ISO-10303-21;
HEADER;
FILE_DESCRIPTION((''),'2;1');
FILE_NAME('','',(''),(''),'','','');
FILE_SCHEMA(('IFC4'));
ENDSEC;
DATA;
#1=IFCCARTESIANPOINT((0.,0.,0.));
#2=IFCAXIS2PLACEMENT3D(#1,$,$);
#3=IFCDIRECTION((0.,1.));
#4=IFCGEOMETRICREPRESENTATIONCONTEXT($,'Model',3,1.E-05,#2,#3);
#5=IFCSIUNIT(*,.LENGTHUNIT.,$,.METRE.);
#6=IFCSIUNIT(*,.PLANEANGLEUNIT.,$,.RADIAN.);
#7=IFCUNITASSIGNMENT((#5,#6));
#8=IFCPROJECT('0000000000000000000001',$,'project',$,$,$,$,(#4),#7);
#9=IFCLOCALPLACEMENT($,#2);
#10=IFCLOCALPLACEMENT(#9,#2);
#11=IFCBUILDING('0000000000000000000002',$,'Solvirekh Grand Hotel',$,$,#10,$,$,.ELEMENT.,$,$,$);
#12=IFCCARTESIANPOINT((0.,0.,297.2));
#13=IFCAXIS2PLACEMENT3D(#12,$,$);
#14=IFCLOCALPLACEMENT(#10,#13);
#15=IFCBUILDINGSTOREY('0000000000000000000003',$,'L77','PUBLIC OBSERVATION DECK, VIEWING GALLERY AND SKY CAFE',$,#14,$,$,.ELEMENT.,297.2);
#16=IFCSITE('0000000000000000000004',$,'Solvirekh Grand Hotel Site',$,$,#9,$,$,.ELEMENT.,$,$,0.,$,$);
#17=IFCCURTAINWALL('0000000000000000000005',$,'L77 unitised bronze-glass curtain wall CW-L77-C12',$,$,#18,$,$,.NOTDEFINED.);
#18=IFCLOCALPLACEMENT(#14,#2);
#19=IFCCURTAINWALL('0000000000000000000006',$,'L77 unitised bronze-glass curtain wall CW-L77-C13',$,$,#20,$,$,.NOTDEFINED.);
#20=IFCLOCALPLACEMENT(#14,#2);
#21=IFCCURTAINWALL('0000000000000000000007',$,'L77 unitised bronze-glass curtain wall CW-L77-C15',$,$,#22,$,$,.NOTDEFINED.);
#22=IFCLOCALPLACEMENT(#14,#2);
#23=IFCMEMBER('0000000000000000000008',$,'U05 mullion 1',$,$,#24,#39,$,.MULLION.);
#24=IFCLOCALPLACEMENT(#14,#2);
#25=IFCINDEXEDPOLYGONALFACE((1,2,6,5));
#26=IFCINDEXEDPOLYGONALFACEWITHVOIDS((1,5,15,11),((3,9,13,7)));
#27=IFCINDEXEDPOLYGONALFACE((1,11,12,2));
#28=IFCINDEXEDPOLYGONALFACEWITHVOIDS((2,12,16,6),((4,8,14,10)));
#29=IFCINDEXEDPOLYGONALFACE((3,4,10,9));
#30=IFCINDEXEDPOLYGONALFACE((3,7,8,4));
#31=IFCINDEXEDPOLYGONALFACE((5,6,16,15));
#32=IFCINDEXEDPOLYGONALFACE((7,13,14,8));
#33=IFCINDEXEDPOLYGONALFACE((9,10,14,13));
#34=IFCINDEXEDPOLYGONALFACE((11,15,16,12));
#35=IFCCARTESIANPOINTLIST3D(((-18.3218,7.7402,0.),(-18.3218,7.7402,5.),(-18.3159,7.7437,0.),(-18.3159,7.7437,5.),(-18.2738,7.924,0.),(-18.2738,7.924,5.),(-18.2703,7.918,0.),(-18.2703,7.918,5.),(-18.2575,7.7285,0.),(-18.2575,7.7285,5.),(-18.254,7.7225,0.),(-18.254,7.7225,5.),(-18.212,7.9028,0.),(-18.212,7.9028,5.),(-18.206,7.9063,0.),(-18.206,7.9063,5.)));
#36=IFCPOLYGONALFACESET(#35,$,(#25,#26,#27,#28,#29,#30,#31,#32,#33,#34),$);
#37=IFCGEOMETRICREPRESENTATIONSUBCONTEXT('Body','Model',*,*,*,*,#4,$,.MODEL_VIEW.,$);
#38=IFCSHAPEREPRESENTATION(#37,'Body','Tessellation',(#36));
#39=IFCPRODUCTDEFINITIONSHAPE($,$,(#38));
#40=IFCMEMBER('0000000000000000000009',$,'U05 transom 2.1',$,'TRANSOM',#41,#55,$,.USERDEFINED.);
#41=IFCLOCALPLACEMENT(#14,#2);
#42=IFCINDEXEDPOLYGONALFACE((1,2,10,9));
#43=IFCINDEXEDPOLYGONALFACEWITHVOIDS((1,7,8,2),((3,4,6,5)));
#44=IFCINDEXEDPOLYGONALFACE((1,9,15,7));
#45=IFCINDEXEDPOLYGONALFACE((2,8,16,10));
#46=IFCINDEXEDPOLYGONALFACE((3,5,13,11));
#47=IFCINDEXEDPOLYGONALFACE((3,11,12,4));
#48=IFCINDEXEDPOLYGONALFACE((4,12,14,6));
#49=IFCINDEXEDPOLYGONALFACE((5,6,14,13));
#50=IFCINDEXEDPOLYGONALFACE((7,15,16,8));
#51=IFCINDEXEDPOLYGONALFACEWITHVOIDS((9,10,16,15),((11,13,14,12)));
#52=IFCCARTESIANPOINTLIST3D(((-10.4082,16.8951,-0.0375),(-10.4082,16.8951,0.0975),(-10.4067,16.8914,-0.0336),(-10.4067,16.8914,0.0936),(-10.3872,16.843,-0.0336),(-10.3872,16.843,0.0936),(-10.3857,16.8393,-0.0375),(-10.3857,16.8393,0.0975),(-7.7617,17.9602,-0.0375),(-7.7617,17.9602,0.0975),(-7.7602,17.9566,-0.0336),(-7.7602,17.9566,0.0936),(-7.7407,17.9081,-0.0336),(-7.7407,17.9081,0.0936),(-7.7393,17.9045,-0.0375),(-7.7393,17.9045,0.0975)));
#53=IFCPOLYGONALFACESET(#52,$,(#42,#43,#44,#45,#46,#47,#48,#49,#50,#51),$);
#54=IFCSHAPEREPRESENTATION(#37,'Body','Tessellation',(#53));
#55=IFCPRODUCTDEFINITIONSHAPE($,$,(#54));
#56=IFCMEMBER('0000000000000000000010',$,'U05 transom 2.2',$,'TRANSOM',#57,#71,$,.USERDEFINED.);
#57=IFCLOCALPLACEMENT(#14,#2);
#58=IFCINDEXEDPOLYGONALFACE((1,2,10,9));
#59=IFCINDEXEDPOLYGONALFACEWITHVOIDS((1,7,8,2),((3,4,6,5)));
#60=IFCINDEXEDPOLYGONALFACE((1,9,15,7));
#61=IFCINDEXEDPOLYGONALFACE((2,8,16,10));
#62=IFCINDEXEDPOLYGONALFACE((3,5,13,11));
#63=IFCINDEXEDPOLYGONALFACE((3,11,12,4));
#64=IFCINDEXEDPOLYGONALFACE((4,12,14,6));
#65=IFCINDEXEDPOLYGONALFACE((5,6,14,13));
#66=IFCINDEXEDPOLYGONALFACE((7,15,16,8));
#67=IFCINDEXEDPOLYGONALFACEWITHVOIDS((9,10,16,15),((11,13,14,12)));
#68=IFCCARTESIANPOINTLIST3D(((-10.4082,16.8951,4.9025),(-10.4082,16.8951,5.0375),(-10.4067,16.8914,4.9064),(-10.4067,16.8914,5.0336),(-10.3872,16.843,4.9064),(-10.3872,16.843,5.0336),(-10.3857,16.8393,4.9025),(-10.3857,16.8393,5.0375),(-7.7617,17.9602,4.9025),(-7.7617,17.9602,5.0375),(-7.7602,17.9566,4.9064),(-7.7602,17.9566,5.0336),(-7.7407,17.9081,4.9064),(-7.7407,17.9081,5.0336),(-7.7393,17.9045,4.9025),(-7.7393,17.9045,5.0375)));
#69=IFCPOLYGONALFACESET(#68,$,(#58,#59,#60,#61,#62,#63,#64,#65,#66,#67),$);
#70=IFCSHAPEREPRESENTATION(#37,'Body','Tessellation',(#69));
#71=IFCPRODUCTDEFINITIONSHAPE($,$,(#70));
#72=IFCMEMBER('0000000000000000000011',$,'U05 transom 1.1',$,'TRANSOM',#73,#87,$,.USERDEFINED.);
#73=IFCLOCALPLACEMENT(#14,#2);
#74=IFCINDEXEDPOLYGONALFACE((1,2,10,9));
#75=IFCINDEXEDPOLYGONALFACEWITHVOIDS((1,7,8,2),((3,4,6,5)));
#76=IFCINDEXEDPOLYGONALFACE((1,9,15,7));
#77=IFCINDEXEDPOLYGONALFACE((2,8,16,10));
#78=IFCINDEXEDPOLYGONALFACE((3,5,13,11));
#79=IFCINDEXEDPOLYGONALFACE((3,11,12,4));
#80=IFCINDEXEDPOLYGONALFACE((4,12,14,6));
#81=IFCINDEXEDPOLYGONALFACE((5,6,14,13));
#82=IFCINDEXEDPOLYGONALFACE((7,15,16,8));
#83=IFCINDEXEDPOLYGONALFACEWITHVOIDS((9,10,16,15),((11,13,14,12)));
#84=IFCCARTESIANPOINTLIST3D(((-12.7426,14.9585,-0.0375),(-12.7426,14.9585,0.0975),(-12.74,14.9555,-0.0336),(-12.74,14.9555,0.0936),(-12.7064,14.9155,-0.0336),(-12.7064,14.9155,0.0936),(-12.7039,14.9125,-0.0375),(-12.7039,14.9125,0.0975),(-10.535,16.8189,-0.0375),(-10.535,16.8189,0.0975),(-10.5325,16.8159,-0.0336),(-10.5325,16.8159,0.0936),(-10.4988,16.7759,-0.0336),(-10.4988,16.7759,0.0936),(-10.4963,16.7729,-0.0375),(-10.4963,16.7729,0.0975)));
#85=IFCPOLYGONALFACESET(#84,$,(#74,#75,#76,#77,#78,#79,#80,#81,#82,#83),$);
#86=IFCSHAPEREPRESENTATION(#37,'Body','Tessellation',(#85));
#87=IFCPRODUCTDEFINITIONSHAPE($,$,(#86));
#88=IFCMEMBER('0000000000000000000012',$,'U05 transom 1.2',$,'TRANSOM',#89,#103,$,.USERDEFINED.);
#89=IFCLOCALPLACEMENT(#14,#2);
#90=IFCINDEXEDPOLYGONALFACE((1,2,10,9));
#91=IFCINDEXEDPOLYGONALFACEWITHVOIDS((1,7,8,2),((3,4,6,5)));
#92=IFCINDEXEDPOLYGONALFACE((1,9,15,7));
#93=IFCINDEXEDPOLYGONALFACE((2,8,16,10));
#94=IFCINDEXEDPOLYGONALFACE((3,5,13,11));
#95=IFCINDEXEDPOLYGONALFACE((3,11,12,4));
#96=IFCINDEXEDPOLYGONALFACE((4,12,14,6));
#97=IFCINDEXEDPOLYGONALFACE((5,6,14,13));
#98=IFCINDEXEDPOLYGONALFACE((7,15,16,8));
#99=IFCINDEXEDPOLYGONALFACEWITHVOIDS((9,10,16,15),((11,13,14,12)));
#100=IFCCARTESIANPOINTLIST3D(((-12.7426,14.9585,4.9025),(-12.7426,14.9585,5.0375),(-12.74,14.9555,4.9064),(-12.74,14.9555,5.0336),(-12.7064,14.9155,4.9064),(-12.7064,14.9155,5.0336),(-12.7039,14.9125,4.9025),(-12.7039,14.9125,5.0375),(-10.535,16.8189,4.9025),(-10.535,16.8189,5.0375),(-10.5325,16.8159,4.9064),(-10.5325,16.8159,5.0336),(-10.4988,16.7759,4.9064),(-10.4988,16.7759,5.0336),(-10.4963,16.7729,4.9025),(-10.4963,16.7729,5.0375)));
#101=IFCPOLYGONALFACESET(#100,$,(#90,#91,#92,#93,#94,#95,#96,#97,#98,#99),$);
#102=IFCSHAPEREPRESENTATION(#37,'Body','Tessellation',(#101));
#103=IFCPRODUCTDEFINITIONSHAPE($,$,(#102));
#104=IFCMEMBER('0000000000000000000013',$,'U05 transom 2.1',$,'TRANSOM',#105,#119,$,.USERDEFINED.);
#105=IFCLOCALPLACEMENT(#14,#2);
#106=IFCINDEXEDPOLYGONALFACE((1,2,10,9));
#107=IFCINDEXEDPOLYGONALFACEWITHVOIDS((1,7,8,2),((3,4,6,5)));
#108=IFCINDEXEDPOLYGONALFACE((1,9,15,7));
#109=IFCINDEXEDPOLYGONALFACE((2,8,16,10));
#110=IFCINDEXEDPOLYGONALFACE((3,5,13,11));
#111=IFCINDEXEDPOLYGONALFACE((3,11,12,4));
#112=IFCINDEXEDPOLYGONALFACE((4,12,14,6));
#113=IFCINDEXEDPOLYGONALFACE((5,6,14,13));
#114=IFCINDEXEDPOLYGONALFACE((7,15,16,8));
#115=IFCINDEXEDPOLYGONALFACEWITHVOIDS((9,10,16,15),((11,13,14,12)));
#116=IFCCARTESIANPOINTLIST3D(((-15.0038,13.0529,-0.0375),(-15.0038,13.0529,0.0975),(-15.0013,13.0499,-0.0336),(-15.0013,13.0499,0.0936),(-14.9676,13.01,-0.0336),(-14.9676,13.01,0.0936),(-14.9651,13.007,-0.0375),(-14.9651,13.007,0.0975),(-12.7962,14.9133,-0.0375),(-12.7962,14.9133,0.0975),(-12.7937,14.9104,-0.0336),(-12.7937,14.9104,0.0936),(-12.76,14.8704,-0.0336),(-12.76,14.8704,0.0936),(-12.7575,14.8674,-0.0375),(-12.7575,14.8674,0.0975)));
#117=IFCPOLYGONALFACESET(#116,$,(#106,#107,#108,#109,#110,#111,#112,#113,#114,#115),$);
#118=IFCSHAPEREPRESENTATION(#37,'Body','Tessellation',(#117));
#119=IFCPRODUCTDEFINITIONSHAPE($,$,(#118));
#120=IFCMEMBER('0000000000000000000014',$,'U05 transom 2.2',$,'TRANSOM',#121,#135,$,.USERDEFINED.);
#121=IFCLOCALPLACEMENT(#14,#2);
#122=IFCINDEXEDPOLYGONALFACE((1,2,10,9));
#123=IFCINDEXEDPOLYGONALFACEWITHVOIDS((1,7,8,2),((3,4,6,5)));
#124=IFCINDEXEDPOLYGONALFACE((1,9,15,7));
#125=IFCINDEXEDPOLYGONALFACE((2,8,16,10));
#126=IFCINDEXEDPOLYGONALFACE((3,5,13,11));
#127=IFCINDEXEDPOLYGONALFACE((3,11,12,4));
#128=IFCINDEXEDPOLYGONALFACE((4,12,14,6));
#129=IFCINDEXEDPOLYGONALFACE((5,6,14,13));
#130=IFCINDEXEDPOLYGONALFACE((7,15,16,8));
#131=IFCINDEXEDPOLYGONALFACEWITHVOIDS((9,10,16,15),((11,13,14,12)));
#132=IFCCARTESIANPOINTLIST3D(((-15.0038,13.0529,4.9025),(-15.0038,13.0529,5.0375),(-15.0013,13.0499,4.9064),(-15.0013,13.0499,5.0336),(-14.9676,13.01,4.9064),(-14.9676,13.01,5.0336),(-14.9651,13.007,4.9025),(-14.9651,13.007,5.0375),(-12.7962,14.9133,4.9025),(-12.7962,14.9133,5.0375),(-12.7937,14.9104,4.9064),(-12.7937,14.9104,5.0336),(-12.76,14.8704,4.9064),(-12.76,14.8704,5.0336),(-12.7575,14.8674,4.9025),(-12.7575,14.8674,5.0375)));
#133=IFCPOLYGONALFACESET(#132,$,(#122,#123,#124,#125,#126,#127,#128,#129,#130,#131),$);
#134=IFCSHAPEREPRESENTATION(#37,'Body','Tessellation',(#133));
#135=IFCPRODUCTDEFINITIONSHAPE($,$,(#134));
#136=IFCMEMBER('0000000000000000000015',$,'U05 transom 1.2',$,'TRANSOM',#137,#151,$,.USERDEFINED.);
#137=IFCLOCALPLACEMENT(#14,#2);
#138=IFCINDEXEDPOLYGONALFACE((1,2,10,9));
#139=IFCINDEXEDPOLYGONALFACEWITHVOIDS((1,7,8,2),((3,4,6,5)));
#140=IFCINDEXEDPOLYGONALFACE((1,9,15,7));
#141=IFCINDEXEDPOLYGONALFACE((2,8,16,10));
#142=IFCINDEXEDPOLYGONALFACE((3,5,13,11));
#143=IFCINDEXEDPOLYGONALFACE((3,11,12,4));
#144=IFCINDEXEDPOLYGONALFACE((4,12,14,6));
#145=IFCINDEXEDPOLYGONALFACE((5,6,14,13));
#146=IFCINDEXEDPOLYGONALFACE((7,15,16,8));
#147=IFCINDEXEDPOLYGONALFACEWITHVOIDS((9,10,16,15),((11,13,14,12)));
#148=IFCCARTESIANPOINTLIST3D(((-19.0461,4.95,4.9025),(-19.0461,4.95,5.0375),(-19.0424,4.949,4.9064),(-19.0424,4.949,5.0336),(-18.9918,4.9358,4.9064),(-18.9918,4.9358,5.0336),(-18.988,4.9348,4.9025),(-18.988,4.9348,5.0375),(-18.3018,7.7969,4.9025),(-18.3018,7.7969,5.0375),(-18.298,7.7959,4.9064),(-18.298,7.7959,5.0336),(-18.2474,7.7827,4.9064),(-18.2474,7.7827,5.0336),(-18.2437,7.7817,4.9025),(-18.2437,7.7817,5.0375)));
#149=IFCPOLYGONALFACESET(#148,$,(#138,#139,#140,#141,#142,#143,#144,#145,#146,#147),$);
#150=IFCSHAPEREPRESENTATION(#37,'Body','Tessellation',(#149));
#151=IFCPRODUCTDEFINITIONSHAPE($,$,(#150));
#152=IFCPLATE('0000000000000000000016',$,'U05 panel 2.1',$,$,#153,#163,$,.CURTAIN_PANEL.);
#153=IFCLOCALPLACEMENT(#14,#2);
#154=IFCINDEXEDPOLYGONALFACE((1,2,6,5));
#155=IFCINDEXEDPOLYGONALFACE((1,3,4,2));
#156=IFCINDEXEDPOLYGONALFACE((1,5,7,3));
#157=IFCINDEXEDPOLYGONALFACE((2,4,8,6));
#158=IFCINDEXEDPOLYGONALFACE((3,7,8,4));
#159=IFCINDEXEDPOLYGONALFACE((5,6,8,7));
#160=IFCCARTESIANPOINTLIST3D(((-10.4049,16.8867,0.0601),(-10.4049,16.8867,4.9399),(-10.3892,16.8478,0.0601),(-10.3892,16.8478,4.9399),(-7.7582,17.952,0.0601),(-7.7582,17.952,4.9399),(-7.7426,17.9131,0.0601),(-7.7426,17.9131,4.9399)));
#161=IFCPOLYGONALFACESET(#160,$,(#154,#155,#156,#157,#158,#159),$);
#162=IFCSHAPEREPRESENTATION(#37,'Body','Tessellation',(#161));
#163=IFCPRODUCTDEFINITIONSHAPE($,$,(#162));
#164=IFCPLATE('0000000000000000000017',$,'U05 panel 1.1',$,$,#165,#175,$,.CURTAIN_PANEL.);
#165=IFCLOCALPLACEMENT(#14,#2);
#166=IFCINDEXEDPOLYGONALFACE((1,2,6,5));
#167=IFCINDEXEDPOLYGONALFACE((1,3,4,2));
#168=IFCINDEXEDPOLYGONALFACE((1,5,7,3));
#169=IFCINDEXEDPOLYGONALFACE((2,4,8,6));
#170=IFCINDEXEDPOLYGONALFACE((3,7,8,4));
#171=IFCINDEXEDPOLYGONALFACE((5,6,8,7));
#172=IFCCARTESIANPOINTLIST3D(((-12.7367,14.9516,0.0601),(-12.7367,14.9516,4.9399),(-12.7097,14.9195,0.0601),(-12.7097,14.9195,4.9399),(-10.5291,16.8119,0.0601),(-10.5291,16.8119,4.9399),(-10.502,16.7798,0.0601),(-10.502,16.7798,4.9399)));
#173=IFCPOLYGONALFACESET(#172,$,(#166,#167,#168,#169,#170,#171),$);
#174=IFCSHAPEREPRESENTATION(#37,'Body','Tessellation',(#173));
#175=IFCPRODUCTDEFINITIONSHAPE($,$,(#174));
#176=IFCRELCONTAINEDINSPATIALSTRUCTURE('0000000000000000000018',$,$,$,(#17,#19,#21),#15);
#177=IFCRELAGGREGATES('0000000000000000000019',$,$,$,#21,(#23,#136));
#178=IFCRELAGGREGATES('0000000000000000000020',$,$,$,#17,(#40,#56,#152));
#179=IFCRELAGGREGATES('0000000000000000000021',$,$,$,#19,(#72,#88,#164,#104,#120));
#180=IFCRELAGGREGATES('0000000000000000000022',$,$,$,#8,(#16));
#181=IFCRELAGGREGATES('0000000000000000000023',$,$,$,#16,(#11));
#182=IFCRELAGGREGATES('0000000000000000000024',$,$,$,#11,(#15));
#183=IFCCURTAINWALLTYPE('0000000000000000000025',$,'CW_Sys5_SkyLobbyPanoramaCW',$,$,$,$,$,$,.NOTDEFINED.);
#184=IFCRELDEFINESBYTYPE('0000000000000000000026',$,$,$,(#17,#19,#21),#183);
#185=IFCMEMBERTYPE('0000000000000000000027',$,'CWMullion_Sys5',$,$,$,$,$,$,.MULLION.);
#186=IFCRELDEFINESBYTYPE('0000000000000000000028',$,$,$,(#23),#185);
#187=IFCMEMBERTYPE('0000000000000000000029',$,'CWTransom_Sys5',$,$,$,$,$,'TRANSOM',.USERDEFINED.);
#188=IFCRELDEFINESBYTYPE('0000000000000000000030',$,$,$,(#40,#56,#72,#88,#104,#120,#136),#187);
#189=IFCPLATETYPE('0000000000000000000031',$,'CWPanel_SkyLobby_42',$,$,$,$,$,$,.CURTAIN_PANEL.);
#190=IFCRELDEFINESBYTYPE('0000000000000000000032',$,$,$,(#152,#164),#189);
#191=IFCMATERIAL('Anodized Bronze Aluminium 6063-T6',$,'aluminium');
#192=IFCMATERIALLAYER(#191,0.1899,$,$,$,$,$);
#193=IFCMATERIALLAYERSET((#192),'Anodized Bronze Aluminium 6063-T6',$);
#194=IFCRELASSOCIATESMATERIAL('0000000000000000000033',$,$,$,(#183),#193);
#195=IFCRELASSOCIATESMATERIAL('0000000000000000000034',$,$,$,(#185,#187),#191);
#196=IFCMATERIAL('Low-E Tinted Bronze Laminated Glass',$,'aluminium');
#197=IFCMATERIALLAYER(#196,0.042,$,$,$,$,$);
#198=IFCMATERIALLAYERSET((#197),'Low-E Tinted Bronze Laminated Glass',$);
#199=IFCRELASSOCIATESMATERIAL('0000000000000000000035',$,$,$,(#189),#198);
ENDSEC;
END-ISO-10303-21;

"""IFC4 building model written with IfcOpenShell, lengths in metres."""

from ifc_helpers import new_model, si_unit, direction, frame, origin, origin_2d, place, context, subcontext, project, spatial, rectangle, hollow_rectangle, extrude, source, transform, mapped, material, layer, layer_set, material_profile, profile_set, type_object, element, aggregate, save


model = new_model("IFC4")

# Units and contexts
model_context = context("Model", 3, precision=1e-05, world=origin(), true_north=direction((0.0, 1.0)))
body_context = subcontext(model_context, "Body", "Model", "MODEL_VIEW")
ifc_project = project(units=[si_unit("LENGTHUNIT", "METRE"), si_unit("PLANEANGLEUNIT", "RADIAN")], contexts=[model_context])

# Site, building, storey
site_placement = place(None, origin())
site = spatial("IfcSite", under=ifc_project, at=site_placement, Name="Solvirekh Grand Hotel Site", CompositionType="ELEMENT", RefElevation=0.0)
building_placement = place(site_placement, origin())
building = spatial("IfcBuilding", under=site, at=building_placement, Name="Solvirekh Grand Hotel", CompositionType="ELEMENT")
storey_placement = place(building_placement, frame((0.0, 0.0, 297.2)))
storey = spatial("IfcBuildingStorey", under=building, at=storey_placement, Name="L77", Description="PUBLIC OBSERVATION DECK, VIEWING GALLERY AND SKY CAFE", CompositionType="ELEMENT", Elevation=297.2)

# Curtain walls
ifc_material_1 = material(Name="Anodized Bronze Aluminium 6063-T6", Category="aluminium")
ifc_layer_1 = layer(ifc_material_1, 0.1899)
ifc_layer_set_1 = layer_set([ifc_layer_1], Name="Anodized Bronze Aluminium 6063-T6")
curtain_wall_type = type_object("IfcCurtainWallType", Name="CW_Sys5_SkyLobbyPanoramaCW", PredefinedType="NOTDEFINED", material=ifc_layer_set_1)
curtain_wall_1_placement = place(storey_placement, origin())
curtain_wall_1 = element("IfcCurtainWall", 1, at=curtain_wall_1_placement, inside=storey, type_object=curtain_wall_type, Name="L77 unitised bronze-glass curtain wall CW-L77-C12", PredefinedType="NOTDEFINED")
ifc_material_profile_1 = material_profile(ifc_material_1, hollow_rectangle(XDim=0.0701, YDim=0.1899, WallThickness=0.0049, at=origin_2d()), Name="ALU RHS 190X70X5")
ifc_profile_set_1 = profile_set([ifc_material_profile_1], Name="Anodized Bronze Aluminium 6063-T6")
member_type_1 = type_object("IfcMemberType", Name="CWMullion_Sys5", PredefinedType="MULLION", material=ifc_profile_set_1)
shared_shape_1 = source(origin(), body_context, "Body", "SweptSolid", [
    extrude(hollow_rectangle(XDim=0.0701, YDim=0.1899, WallThickness=0.0049, at=origin_2d()), origin(), (0.0, 0.0, 1.0), 5.0),
])
curtain_wall_2_placement = place(storey_placement, origin())
curtain_wall_2 = element("IfcCurtainWall", 2, at=curtain_wall_2_placement, inside=storey, type_object=curtain_wall_type, Name="L77 unitised bronze-glass curtain wall CW-L77-C13", PredefinedType="NOTDEFINED")

# Curtain wall, member
curtain_wall_3_placement = place(storey_placement, origin())
curtain_wall_3 = element("IfcCurtainWall", 3, at=curtain_wall_3_placement, inside=storey, type_object=curtain_wall_type, Name="L77 unitised bronze-glass curtain wall CW-L77-C15", PredefinedType="NOTDEFINED")
member_1_placement = place(storey_placement, frame((-18.2639, 7.8232, 0.0), z_axis=(0.0, 0.0, 1.0), x_axis=(0.967471, -0.252983, 0.0)))
member_1 = element("IfcMember", 4, at=member_1_placement, type_object=member_type_1, Name="U05 mullion 1", PredefinedType="MULLION", context=body_context, shape_type="MappedRepresentation", body=[
    mapped(shared_shape_1, transform((0.0, 0.0, 0.0), x_axis=(1.0, 0.0, 0.0), y_axis=(0.0, 1.0, 0.0), z_axis=(0.0, 0.0, 1.0), scale=1.0)),
])

# Members
ifc_material_profile_2 = material_profile(ifc_material_1, hollow_rectangle(XDim=0.0601, YDim=0.135, WallThickness=0.0039, at=origin_2d()), Name="ALU RHS 135X60X4")
ifc_profile_set_2 = profile_set([ifc_material_profile_2], Name="Anodized Bronze Aluminium 6063-T6")
member_type_2 = type_object("IfcMemberType", Name="CWTransom_Sys5", ElementType="TRANSOM", PredefinedType="USERDEFINED", material=ifc_profile_set_2)
shared_shape_2 = source(origin(), body_context, "Body", "SweptSolid", [
    extrude(hollow_rectangle(XDim=0.0601, YDim=0.135, WallThickness=0.0039, at=origin_2d()), origin(), (0.0, 0.0, 1.0), 2.8528),
])
member_2_placement = place(storey_placement, frame((-7.7505, 17.9324, 0.03), z_axis=(-0.927678, -0.373382, 0.0), x_axis=(0.373382, -0.927678, 0.0)))
member_2 = element("IfcMember", 5, at=member_2_placement, type_object=member_type_2, Name="U05 transom 2.1", ObjectType="TRANSOM", PredefinedType="USERDEFINED", context=body_context, shape_type="MappedRepresentation", body=[
    mapped(shared_shape_2, transform((0.0, 0.0, 0.0), x_axis=(1.0, 0.0, 0.0), y_axis=(0.0, 1.0, 0.0), z_axis=(0.0, 0.0, 1.0), scale=1.0)),
])
member_3_placement = place(storey_placement, frame((-7.7505, 17.9324, 4.97), z_axis=(-0.927678, -0.373382, 0.0), x_axis=(0.373382, -0.927678, 0.0)))
member_3 = element("IfcMember", 6, at=member_3_placement, type_object=member_type_2, Name="U05 transom 2.2", ObjectType="TRANSOM", PredefinedType="USERDEFINED", context=body_context, shape_type="MappedRepresentation", body=[
    mapped(shared_shape_2, transform((0.0, 0.0, 0.0), x_axis=(1.0, 0.0, 0.0), y_axis=(0.0, 1.0, 0.0), z_axis=(0.0, 0.0, 1.0), scale=1.0)),
])
shared_shape_3 = source(origin(), body_context, "Body", "SweptSolid", [
    extrude(hollow_rectangle(XDim=0.0601, YDim=0.135, WallThickness=0.0039, at=origin_2d()), origin(), (0.0, 0.0, 1.0), 2.887),
])
member_4_placement = place(storey_placement, frame((-10.5156, 16.7959, 0.03), z_axis=(-0.764674, -0.644417, 0.0), x_axis=(0.644417, -0.764674, 0.0)))
member_4 = element("IfcMember", 7, at=member_4_placement, type_object=member_type_2, Name="U05 transom 1.1", ObjectType="TRANSOM", PredefinedType="USERDEFINED", context=body_context, shape_type="MappedRepresentation", body=[
    mapped(shared_shape_3, transform((0.0, 0.0, 0.0), x_axis=(1.0, 0.0, 0.0), y_axis=(0.0, 1.0, 0.0), z_axis=(0.0, 0.0, 1.0), scale=1.0)),
])
member_5_placement = place(storey_placement, frame((-10.5156, 16.7959, 4.97), z_axis=(-0.764674, -0.644417, 0.0), x_axis=(0.644417, -0.764674, 0.0)))
member_5 = element("IfcMember", 8, at=member_5_placement, type_object=member_type_2, Name="U05 transom 1.2", ObjectType="TRANSOM", PredefinedType="USERDEFINED", context=body_context, shape_type="MappedRepresentation", body=[
    mapped(shared_shape_3, transform((0.0, 0.0, 0.0), x_axis=(1.0, 0.0, 0.0), y_axis=(0.0, 1.0, 0.0), z_axis=(0.0, 0.0, 1.0), scale=1.0)),
])
member_6_placement = place(storey_placement, frame((-12.7769, 14.8904, 0.03), z_axis=(-0.764674, -0.644417, 0.0), x_axis=(0.644417, -0.764674, 0.0)))
member_6 = element("IfcMember", 9, at=member_6_placement, type_object=member_type_2, Name="U05 transom 2.1", ObjectType="TRANSOM", PredefinedType="USERDEFINED", context=body_context, shape_type="MappedRepresentation", body=[
    mapped(shared_shape_3, transform((0.0, 0.0, 0.0), x_axis=(1.0, 0.0, 0.0), y_axis=(0.0, 1.0, 0.0), z_axis=(0.0, 0.0, 1.0), scale=1.0)),
])
member_7_placement = place(storey_placement, frame((-12.7769, 14.8904, 4.97), z_axis=(-0.764674, -0.644417, 0.0), x_axis=(0.644417, -0.764674, 0.0)))
member_7 = element("IfcMember", 10, at=member_7_placement, type_object=member_type_2, Name="U05 transom 2.2", ObjectType="TRANSOM", PredefinedType="USERDEFINED", context=body_context, shape_type="MappedRepresentation", body=[
    mapped(shared_shape_3, transform((0.0, 0.0, 0.0), x_axis=(1.0, 0.0, 0.0), y_axis=(0.0, 1.0, 0.0), z_axis=(0.0, 0.0, 1.0), scale=1.0)),
])
shared_shape_4 = source(origin(), body_context, "Body", "SweptSolid", [
    extrude(hollow_rectangle(XDim=0.0601, YDim=0.135, WallThickness=0.0039, at=origin_2d()), origin(), (0.0, 0.0, 1.0), 2.9426),
])
member_8_placement = place(storey_placement, frame((-18.2727, 7.7893, 4.97), z_axis=(-0.252966, -0.967475, 0.0), x_axis=(0.967475, -0.252966, 0.0)))
member_8 = element("IfcMember", 11, at=member_8_placement, type_object=member_type_2, Name="U05 transom 1.2", ObjectType="TRANSOM", PredefinedType="USERDEFINED", context=body_context, shape_type="MappedRepresentation", body=[
    mapped(shared_shape_4, transform((0.0, 0.0, 0.0), x_axis=(1.0, 0.0, 0.0), y_axis=(0.0, 1.0, 0.0), z_axis=(0.0, 0.0, 1.0), scale=1.0)),
])
aggregate(curtain_wall_3, [member_1, member_8])

# Plates
ifc_material_2 = material(Name="Low-E Tinted Bronze Laminated Glass", Category="aluminium")
ifc_layer_2 = layer(ifc_material_2, 0.042)
ifc_layer_set_2 = layer_set([ifc_layer_2], Name="Low-E Tinted Bronze Laminated Glass")
plate_type = type_object("IfcPlateType", Name="CWPanel_SkyLobby_42", PredefinedType="CURTAIN_PANEL", material=ifc_layer_set_2)
shared_shape_5 = source(origin(), body_context, "Body", "SweptSolid", [
    extrude(rectangle(XDim=2.853, YDim=0.042, at=origin_2d()), origin(), (0.0, 0.0, 1.0), 4.8799),
])
plate_1_placement = place(storey_placement, frame((-9.0737, 17.3999, 0.0601), z_axis=(0.0, 0.0, 1.0), x_axis=(-0.92767, -0.373401, 0.0)))
plate_1 = element("IfcPlate", 12, at=plate_1_placement, type_object=plate_type, Name="U05 panel 2.1", PredefinedType="CURTAIN_PANEL", context=body_context, shape_type="MappedRepresentation", body=[
    mapped(shared_shape_5, transform((0.0, 0.0, 0.0), x_axis=(1.0, 0.0, 0.0), y_axis=(0.0, 1.0, 0.0), z_axis=(0.0, 0.0, 1.0), scale=1.0)),
])
aggregate(curtain_wall_1, [member_2, member_3, plate_1])
shared_shape_6 = source(origin(), body_context, "Body", "SweptSolid", [
    extrude(rectangle(XDim=2.887, YDim=0.042, at=origin_2d()), origin(), (0.0, 0.0, 1.0), 4.8799),
])
plate_2_placement = place(storey_placement, frame((-11.6194, 15.8657, 0.0601), z_axis=(0.0, 0.0, 1.0), x_axis=(-0.764703, -0.644383, 0.0)))
plate_2 = element("IfcPlate", 13, at=plate_2_placement, type_object=plate_type, Name="U05 panel 1.1", PredefinedType="CURTAIN_PANEL", context=body_context, shape_type="MappedRepresentation", body=[
    mapped(shared_shape_6, transform((0.0, 0.0, 0.0), x_axis=(1.0, 0.0, 0.0), y_axis=(0.0, 1.0, 0.0), z_axis=(0.0, 0.0, 1.0), scale=1.0)),
])
aggregate(curtain_wall_2, [member_4, member_5, plate_2, member_6, member_7])

save(model, "model.ifc")
